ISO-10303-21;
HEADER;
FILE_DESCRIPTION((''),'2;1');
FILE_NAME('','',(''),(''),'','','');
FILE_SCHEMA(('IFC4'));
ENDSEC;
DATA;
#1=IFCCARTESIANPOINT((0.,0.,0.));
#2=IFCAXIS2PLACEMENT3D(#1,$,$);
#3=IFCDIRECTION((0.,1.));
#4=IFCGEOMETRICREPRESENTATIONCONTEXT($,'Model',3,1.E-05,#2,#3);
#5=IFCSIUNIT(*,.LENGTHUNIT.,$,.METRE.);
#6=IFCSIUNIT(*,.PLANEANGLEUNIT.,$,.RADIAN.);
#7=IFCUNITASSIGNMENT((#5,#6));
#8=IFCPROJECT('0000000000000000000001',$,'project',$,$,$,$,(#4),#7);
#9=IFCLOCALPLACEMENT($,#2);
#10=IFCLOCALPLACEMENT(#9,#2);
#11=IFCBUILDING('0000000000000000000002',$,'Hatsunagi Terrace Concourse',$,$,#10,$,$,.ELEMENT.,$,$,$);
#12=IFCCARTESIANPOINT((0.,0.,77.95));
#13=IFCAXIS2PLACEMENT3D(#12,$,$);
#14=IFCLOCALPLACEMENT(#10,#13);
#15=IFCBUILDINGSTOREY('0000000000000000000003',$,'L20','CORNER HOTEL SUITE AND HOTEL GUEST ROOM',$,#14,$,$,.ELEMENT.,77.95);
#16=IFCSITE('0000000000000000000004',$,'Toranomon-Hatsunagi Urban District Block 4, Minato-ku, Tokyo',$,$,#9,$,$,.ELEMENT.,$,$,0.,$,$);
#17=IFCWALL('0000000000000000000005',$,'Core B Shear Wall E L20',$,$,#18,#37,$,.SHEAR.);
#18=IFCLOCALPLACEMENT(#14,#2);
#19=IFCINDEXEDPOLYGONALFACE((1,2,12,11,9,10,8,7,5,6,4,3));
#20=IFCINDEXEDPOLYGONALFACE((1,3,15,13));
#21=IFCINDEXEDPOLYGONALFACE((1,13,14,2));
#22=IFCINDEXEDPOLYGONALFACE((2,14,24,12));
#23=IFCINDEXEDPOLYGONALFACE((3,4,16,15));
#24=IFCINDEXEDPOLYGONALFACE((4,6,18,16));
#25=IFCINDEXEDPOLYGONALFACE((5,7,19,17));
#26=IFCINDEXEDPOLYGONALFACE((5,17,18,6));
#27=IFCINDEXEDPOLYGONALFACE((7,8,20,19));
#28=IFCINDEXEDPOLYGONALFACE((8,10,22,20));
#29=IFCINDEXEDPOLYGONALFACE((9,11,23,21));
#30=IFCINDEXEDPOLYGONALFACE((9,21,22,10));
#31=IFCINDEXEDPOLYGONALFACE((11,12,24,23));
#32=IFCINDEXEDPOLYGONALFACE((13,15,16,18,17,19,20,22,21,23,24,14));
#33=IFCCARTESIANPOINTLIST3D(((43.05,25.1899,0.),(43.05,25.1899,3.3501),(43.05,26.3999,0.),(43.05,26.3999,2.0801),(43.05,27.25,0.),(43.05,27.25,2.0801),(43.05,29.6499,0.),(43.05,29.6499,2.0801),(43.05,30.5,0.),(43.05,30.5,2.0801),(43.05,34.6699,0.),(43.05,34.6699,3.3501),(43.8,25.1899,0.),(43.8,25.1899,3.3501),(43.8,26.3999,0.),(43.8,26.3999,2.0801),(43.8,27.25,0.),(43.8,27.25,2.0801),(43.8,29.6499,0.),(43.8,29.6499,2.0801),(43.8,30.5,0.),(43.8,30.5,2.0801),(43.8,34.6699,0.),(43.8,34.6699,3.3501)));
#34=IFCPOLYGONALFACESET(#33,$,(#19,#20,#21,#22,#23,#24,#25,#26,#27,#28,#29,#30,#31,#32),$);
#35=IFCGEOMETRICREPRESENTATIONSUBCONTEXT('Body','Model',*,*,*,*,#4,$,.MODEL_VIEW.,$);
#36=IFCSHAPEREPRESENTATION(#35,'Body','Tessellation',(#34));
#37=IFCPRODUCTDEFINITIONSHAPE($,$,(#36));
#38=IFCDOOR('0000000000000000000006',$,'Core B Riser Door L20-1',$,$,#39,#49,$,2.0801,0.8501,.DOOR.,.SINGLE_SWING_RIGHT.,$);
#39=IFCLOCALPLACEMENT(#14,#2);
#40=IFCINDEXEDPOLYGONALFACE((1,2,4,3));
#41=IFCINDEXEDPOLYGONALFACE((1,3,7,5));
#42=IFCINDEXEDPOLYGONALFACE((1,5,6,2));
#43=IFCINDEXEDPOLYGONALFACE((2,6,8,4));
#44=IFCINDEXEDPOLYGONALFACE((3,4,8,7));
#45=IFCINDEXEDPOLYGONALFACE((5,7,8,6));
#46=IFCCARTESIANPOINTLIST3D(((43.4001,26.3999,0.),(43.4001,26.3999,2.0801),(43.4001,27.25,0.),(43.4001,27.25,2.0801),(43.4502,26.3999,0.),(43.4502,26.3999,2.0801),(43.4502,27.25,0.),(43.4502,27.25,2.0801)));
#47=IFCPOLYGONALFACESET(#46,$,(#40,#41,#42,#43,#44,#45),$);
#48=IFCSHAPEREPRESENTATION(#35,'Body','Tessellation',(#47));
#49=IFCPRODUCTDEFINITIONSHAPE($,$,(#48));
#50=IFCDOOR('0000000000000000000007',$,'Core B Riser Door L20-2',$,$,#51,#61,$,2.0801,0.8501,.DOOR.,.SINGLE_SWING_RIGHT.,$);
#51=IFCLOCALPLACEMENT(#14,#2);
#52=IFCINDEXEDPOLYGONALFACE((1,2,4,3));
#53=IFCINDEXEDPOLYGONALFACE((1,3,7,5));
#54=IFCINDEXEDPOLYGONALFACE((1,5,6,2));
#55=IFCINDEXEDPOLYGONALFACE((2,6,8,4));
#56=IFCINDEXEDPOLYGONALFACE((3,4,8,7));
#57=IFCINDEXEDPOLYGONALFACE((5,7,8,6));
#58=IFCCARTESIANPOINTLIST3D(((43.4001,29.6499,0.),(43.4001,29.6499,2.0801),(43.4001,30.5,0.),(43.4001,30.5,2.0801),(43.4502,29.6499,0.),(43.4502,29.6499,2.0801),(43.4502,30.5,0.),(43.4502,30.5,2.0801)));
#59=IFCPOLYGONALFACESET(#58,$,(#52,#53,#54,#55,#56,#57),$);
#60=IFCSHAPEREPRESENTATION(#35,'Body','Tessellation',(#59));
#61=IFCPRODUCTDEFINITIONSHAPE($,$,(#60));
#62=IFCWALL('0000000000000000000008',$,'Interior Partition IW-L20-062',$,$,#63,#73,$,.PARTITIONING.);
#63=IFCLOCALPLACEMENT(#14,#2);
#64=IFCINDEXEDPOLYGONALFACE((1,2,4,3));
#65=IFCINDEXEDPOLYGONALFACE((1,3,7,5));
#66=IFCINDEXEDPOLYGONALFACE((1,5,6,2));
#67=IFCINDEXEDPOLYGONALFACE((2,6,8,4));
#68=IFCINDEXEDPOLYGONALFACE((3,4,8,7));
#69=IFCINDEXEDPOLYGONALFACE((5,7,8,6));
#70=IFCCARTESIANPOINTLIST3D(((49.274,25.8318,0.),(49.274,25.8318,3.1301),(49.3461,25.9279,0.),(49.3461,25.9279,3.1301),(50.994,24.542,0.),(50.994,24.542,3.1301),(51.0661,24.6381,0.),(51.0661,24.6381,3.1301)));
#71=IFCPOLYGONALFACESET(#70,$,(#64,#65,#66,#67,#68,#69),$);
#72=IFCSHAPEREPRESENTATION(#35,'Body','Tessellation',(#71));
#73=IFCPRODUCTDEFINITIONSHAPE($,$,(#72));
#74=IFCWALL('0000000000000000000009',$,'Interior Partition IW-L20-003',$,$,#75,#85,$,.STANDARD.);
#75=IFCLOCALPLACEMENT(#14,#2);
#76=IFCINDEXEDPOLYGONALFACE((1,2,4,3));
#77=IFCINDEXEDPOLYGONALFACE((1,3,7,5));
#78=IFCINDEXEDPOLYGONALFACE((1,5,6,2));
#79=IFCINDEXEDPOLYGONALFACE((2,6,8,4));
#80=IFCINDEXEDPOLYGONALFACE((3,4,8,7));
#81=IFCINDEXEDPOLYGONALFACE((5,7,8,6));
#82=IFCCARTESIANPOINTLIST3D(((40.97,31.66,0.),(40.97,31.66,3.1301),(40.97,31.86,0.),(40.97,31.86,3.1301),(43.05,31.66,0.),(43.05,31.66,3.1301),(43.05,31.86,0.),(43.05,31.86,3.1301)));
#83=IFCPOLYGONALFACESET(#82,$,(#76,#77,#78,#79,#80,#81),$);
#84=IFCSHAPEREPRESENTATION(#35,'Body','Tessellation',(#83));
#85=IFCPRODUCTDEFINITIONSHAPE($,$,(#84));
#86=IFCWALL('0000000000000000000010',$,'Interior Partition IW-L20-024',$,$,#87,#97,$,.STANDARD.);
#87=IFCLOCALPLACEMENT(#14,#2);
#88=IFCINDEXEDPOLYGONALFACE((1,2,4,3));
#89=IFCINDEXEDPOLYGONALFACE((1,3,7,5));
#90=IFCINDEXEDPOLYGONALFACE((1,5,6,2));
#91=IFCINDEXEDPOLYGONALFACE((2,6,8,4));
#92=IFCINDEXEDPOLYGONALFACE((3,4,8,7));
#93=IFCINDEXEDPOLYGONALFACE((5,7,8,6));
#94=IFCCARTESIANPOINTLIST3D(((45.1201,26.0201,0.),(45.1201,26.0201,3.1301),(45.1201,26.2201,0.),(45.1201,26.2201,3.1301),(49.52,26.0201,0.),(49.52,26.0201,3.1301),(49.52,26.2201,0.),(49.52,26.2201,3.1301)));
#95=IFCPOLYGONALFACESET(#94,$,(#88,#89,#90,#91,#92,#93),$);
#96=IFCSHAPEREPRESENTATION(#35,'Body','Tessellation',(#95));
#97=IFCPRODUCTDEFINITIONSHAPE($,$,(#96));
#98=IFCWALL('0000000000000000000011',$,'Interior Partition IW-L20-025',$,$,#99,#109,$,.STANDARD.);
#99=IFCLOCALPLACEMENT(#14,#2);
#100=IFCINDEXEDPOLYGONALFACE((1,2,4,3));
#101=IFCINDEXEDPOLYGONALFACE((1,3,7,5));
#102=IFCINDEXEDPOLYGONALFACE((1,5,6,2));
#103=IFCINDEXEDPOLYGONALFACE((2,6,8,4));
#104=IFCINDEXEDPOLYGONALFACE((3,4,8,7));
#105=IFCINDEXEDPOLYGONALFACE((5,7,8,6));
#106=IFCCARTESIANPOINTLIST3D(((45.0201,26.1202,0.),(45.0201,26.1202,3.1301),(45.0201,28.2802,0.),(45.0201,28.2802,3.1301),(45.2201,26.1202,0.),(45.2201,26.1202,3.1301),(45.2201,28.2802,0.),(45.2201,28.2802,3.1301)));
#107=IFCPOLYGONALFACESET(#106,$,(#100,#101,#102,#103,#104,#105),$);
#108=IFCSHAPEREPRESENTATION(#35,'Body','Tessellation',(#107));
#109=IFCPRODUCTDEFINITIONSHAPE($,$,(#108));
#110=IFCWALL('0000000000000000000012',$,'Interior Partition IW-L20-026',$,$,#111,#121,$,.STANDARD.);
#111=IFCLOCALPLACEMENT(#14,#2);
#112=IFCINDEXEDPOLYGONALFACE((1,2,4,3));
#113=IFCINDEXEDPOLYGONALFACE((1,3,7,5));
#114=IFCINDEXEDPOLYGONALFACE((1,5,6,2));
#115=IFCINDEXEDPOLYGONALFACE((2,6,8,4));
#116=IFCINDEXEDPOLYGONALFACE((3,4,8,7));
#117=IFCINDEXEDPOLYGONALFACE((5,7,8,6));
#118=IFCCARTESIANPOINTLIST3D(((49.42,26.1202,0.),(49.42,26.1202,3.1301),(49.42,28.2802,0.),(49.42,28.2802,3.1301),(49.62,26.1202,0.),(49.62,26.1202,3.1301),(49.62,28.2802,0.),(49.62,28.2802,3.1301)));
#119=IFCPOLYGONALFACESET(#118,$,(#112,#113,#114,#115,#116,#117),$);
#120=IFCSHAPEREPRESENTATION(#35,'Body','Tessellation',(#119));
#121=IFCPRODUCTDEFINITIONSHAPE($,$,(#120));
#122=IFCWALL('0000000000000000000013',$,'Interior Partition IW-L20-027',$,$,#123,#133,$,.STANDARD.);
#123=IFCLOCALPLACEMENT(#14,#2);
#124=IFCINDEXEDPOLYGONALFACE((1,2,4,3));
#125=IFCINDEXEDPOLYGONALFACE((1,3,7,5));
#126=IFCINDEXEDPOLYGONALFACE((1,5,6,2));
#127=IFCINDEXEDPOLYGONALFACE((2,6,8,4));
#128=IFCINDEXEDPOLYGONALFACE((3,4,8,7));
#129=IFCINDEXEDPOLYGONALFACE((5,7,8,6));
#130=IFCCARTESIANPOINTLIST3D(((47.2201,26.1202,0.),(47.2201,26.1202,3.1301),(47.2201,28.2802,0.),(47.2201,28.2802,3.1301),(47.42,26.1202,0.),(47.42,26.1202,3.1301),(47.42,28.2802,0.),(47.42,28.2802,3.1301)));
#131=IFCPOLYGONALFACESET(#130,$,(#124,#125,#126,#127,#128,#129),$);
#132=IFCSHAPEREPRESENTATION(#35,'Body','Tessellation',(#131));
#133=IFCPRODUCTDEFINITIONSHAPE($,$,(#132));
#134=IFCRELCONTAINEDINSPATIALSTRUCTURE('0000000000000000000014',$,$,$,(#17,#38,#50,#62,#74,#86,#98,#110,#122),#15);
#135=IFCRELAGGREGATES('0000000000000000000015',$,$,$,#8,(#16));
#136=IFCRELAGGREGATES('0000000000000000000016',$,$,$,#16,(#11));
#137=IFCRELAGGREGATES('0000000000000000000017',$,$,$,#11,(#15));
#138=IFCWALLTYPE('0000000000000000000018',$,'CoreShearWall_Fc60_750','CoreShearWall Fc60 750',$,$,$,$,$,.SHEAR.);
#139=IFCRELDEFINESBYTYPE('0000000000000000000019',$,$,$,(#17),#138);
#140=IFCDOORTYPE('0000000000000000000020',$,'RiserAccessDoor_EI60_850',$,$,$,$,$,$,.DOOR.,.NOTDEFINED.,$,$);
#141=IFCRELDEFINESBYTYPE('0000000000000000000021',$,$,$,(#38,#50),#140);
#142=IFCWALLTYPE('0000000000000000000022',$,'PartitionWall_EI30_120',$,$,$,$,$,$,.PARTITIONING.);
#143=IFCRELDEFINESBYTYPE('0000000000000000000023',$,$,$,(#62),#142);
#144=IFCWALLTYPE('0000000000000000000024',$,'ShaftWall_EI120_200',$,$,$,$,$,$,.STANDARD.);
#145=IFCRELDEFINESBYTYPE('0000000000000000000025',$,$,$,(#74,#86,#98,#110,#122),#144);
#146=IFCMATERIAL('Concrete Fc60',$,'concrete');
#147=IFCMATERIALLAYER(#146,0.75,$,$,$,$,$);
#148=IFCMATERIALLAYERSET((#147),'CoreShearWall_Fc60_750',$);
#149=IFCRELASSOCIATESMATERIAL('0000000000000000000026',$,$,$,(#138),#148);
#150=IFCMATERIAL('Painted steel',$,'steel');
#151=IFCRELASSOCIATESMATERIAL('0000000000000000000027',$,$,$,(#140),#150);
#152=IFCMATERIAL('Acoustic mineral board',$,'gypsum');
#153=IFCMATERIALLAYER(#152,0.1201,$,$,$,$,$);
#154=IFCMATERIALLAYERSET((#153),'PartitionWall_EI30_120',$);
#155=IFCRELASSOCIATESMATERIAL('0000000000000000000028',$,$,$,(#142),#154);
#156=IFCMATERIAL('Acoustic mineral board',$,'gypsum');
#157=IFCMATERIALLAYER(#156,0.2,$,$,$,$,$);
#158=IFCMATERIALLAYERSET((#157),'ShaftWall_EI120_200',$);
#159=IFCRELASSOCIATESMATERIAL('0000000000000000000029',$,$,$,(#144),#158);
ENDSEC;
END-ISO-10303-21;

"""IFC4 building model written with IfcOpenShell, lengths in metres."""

from ifc_helpers import new_model, si_unit, direction, frame, frame_2d, origin, place, context, subcontext, project, spatial, rectangle, extrude, material, layer, layer_set, type_object, element, fill, save


model = new_model("IFC4")

# Units and contexts
model_context = context("Model", 3, precision=1e-05, world=origin(), true_north=direction((0.0, 1.0)))
body_context = subcontext(model_context, "Body", "Model", "MODEL_VIEW")
ifc_project = project(units=[si_unit("LENGTHUNIT", "METRE"), si_unit("PLANEANGLEUNIT", "RADIAN")], contexts=[model_context])

# Site, building, storey
site_placement = place(None, origin())
site = spatial("IfcSite", under=ifc_project, at=site_placement, Name="Toranomon-Hatsunagi Urban District Block 4, Minato-ku, Tokyo", CompositionType="ELEMENT", RefElevation=0.0)
building_placement = place(site_placement, origin())
building = spatial("IfcBuilding", under=site, at=building_placement, Name="Hatsunagi Terrace Concourse", CompositionType="ELEMENT")
storey_placement = place(building_placement, frame((0.0, 0.0, 77.95)))
storey = spatial("IfcBuildingStorey", under=building, at=storey_placement, Name="L20", Description="CORNER HOTEL SUITE AND HOTEL GUEST ROOM", CompositionType="ELEMENT", Elevation=77.95)

# Wall, openings, doors
ifc_material_1 = material(Name="Concrete Fc60", Category="concrete")
ifc_layer_1 = layer(ifc_material_1, 0.75)
ifc_layer_set_1 = layer_set([ifc_layer_1], Name="CoreShearWall_Fc60_750")
wall_type_1 = type_object("IfcWallType", Name="CoreShearWall_Fc60_750", Description="CoreShearWall Fc60 750", PredefinedType="SHEAR", material=ifc_layer_set_1)
wall_1_placement = place(storey_placement, frame((43.425, 25.1899, 0.0), z_axis=(0.0, 0.0, 1.0), x_axis=(0.0, 1.0, 0.0)))
wall_1 = element("IfcWall", 1, at=wall_1_placement, inside=storey, type_object=wall_type_1, Name="Core B Shear Wall E L20", PredefinedType="SHEAR", context=body_context, shape_type="SweptSolid", body=[
    extrude(rectangle(XDim=9.48, YDim=0.75, at=frame_2d((4.74, 0.0))), origin(), (0.0, 0.0, 1.0), 3.3501),
])
opening_1_placement = place(wall_1_placement, frame((1.21, 0.0, 0.0)))
opening_1 = element("IfcOpeningElement", 2, at=opening_1_placement, cuts=wall_1, PredefinedType="OPENING", context=body_context, shape_type="SweptSolid", body=[
    extrude(rectangle(XDim=0.8501, YDim=2.0801, at=frame_2d((0.425, 1.04))), frame((0.0, 0.385, 0.0), z_axis=(0.0, -1.0, 0.0), x_axis=(1.0, 0.0, 0.0)), (0.0, 0.0, 1.0), 0.77),
])
opening_2_placement = place(wall_1_placement, frame((4.46, 0.0, 0.0)))
opening_2 = element("IfcOpeningElement", 3, at=opening_2_placement, cuts=wall_1, PredefinedType="OPENING", context=body_context, shape_type="SweptSolid", body=[
    extrude(rectangle(XDim=0.8501, YDim=2.0801, at=frame_2d((0.425, 1.04))), frame((0.0, 0.385, 0.0), z_axis=(0.0, -1.0, 0.0), x_axis=(1.0, 0.0, 0.0)), (0.0, 0.0, 1.0), 0.77),
])
ifc_material_2 = material(Name="Painted steel", Category="steel")
door_type_1 = type_object("IfcDoorType", Name="RiserAccessDoor_EI60_850", OperationType="NOTDEFINED", PredefinedType="DOOR", material=ifc_material_2)
door_1_placement = place(opening_1_placement, origin())
door_1 = element("IfcDoor", 4, at=door_1_placement, inside=storey, type_object=door_type_1, Name="Core B Riser Door L20-1", OperationType="SINGLE_SWING_RIGHT", OverallHeight=2.0801, OverallWidth=0.8501, PredefinedType="DOOR", context=body_context, shape_type="SweptSolid", body=[
    extrude(rectangle(XDim=0.8501, YDim=2.0801, at=frame_2d((0.425, 1.04))), frame((0.0, 0.0249, 0.0), z_axis=(0.0, -1.0, 0.0), x_axis=(1.0, 0.0, 0.0)), (0.0, 0.0, 1.0), 0.05),
])
fill(opening_1, door_1)
door_2_placement = place(opening_2_placement, origin())
door_2 = element("IfcDoor", 5, at=door_2_placement, inside=storey, type_object=door_type_1, Name="Core B Riser Door L20-2", OperationType="SINGLE_SWING_RIGHT", OverallHeight=2.0801, OverallWidth=0.8501, PredefinedType="DOOR", context=body_context, shape_type="SweptSolid", body=[
    extrude(rectangle(XDim=0.8501, YDim=2.0801, at=frame_2d((0.425, 1.04))), frame((0.0, 0.0249, 0.0), z_axis=(0.0, -1.0, 0.0), x_axis=(1.0, 0.0, 0.0)), (0.0, 0.0, 1.0), 0.05),
])
fill(opening_2, door_2)

# Wall
ifc_material_3 = material(Name="Acoustic mineral board", Category="gypsum")
ifc_layer_2 = layer(ifc_material_3, 0.1201)
ifc_layer_set_2 = layer_set([ifc_layer_2], Name="PartitionWall_EI30_120")
wall_type_2 = type_object("IfcWallType", Name="PartitionWall_EI30_120", PredefinedType="PARTITIONING", material=ifc_layer_set_2)
wall_2_placement = place(storey_placement, frame((49.3101, 25.8799, 0.0), z_axis=(0.0, 0.0, 1.0), x_axis=(0.800041, -0.599945, 0.0)))
element("IfcWall", 6, at=wall_2_placement, inside=storey, type_object=wall_type_2, Name="Interior Partition IW-L20-062", PredefinedType="PARTITIONING", context=body_context, shape_type="SweptSolid", body=[
    extrude(rectangle(XDim=2.1499, YDim=0.1201, at=frame_2d((1.075, 0.0))), origin(), (0.0, 0.0, 1.0), 3.1301),
])

# Walls
ifc_material_4 = material(Name="Acoustic mineral board", Category="gypsum")
ifc_layer_3 = layer(ifc_material_4, 0.2)
ifc_layer_set_3 = layer_set([ifc_layer_3], Name="ShaftWall_EI120_200")
wall_type_3 = type_object("IfcWallType", Name="ShaftWall_EI120_200", PredefinedType="STANDARD", material=ifc_layer_set_3)
wall_3_placement = place(storey_placement, frame((40.97, 31.76, 0.0), z_axis=(0.0, 0.0, 1.0), x_axis=(1.0, 0.0, 0.0)))
element("IfcWall", 7, at=wall_3_placement, inside=storey, type_object=wall_type_3, Name="Interior Partition IW-L20-003", PredefinedType="STANDARD", context=body_context, shape_type="SweptSolid", body=[
    extrude(rectangle(XDim=2.0801, YDim=0.2, at=frame_2d((1.04, 0.0))), origin(), (0.0, 0.0, 1.0), 3.1301),
])
wall_4_placement = place(storey_placement, frame((45.1201, 26.1201, 0.0), z_axis=(0.0, 0.0, 1.0), x_axis=(1.0, 0.0, 0.0)))
element("IfcWall", 8, at=wall_4_placement, inside=storey, type_object=wall_type_3, Name="Interior Partition IW-L20-024", PredefinedType="STANDARD", context=body_context, shape_type="SweptSolid", body=[
    extrude(rectangle(XDim=4.3999, YDim=0.2, at=frame_2d((2.2, 0.0))), origin(), (0.0, 0.0, 1.0), 3.1301),
])
for number, where, z_axis, x_axis, name in (
    (9, (45.1201, 26.1201, 0.0), (0.0, 0.0, 1.0), (0.0, 1.0, 0.0), "Interior Partition IW-L20-025"),
    (10, (49.52, 26.1201, 0.0), (0.0, 0.0, 1.0), (0.0, 1.0, 0.0), "Interior Partition IW-L20-026"),
    (11, (47.3201, 26.1201, 0.0), (0.0, 0.0, 1.0), (0.0, 1.0, 0.0), "Interior Partition IW-L20-027"),
):
    element("IfcWall", number, at=place(storey_placement, frame(where, z_axis=z_axis, x_axis=x_axis)), inside=storey, type_object=wall_type_3, Name=name, PredefinedType="STANDARD", context=body_context, shape_type="SweptSolid", body=[
        extrude(rectangle(XDim=2.1599, YDim=0.2, at=frame_2d((1.0801, 0.0))), origin(), (0.0, 0.0, 1.0), 3.1301),
    ])

save(model, "model.ifc")
